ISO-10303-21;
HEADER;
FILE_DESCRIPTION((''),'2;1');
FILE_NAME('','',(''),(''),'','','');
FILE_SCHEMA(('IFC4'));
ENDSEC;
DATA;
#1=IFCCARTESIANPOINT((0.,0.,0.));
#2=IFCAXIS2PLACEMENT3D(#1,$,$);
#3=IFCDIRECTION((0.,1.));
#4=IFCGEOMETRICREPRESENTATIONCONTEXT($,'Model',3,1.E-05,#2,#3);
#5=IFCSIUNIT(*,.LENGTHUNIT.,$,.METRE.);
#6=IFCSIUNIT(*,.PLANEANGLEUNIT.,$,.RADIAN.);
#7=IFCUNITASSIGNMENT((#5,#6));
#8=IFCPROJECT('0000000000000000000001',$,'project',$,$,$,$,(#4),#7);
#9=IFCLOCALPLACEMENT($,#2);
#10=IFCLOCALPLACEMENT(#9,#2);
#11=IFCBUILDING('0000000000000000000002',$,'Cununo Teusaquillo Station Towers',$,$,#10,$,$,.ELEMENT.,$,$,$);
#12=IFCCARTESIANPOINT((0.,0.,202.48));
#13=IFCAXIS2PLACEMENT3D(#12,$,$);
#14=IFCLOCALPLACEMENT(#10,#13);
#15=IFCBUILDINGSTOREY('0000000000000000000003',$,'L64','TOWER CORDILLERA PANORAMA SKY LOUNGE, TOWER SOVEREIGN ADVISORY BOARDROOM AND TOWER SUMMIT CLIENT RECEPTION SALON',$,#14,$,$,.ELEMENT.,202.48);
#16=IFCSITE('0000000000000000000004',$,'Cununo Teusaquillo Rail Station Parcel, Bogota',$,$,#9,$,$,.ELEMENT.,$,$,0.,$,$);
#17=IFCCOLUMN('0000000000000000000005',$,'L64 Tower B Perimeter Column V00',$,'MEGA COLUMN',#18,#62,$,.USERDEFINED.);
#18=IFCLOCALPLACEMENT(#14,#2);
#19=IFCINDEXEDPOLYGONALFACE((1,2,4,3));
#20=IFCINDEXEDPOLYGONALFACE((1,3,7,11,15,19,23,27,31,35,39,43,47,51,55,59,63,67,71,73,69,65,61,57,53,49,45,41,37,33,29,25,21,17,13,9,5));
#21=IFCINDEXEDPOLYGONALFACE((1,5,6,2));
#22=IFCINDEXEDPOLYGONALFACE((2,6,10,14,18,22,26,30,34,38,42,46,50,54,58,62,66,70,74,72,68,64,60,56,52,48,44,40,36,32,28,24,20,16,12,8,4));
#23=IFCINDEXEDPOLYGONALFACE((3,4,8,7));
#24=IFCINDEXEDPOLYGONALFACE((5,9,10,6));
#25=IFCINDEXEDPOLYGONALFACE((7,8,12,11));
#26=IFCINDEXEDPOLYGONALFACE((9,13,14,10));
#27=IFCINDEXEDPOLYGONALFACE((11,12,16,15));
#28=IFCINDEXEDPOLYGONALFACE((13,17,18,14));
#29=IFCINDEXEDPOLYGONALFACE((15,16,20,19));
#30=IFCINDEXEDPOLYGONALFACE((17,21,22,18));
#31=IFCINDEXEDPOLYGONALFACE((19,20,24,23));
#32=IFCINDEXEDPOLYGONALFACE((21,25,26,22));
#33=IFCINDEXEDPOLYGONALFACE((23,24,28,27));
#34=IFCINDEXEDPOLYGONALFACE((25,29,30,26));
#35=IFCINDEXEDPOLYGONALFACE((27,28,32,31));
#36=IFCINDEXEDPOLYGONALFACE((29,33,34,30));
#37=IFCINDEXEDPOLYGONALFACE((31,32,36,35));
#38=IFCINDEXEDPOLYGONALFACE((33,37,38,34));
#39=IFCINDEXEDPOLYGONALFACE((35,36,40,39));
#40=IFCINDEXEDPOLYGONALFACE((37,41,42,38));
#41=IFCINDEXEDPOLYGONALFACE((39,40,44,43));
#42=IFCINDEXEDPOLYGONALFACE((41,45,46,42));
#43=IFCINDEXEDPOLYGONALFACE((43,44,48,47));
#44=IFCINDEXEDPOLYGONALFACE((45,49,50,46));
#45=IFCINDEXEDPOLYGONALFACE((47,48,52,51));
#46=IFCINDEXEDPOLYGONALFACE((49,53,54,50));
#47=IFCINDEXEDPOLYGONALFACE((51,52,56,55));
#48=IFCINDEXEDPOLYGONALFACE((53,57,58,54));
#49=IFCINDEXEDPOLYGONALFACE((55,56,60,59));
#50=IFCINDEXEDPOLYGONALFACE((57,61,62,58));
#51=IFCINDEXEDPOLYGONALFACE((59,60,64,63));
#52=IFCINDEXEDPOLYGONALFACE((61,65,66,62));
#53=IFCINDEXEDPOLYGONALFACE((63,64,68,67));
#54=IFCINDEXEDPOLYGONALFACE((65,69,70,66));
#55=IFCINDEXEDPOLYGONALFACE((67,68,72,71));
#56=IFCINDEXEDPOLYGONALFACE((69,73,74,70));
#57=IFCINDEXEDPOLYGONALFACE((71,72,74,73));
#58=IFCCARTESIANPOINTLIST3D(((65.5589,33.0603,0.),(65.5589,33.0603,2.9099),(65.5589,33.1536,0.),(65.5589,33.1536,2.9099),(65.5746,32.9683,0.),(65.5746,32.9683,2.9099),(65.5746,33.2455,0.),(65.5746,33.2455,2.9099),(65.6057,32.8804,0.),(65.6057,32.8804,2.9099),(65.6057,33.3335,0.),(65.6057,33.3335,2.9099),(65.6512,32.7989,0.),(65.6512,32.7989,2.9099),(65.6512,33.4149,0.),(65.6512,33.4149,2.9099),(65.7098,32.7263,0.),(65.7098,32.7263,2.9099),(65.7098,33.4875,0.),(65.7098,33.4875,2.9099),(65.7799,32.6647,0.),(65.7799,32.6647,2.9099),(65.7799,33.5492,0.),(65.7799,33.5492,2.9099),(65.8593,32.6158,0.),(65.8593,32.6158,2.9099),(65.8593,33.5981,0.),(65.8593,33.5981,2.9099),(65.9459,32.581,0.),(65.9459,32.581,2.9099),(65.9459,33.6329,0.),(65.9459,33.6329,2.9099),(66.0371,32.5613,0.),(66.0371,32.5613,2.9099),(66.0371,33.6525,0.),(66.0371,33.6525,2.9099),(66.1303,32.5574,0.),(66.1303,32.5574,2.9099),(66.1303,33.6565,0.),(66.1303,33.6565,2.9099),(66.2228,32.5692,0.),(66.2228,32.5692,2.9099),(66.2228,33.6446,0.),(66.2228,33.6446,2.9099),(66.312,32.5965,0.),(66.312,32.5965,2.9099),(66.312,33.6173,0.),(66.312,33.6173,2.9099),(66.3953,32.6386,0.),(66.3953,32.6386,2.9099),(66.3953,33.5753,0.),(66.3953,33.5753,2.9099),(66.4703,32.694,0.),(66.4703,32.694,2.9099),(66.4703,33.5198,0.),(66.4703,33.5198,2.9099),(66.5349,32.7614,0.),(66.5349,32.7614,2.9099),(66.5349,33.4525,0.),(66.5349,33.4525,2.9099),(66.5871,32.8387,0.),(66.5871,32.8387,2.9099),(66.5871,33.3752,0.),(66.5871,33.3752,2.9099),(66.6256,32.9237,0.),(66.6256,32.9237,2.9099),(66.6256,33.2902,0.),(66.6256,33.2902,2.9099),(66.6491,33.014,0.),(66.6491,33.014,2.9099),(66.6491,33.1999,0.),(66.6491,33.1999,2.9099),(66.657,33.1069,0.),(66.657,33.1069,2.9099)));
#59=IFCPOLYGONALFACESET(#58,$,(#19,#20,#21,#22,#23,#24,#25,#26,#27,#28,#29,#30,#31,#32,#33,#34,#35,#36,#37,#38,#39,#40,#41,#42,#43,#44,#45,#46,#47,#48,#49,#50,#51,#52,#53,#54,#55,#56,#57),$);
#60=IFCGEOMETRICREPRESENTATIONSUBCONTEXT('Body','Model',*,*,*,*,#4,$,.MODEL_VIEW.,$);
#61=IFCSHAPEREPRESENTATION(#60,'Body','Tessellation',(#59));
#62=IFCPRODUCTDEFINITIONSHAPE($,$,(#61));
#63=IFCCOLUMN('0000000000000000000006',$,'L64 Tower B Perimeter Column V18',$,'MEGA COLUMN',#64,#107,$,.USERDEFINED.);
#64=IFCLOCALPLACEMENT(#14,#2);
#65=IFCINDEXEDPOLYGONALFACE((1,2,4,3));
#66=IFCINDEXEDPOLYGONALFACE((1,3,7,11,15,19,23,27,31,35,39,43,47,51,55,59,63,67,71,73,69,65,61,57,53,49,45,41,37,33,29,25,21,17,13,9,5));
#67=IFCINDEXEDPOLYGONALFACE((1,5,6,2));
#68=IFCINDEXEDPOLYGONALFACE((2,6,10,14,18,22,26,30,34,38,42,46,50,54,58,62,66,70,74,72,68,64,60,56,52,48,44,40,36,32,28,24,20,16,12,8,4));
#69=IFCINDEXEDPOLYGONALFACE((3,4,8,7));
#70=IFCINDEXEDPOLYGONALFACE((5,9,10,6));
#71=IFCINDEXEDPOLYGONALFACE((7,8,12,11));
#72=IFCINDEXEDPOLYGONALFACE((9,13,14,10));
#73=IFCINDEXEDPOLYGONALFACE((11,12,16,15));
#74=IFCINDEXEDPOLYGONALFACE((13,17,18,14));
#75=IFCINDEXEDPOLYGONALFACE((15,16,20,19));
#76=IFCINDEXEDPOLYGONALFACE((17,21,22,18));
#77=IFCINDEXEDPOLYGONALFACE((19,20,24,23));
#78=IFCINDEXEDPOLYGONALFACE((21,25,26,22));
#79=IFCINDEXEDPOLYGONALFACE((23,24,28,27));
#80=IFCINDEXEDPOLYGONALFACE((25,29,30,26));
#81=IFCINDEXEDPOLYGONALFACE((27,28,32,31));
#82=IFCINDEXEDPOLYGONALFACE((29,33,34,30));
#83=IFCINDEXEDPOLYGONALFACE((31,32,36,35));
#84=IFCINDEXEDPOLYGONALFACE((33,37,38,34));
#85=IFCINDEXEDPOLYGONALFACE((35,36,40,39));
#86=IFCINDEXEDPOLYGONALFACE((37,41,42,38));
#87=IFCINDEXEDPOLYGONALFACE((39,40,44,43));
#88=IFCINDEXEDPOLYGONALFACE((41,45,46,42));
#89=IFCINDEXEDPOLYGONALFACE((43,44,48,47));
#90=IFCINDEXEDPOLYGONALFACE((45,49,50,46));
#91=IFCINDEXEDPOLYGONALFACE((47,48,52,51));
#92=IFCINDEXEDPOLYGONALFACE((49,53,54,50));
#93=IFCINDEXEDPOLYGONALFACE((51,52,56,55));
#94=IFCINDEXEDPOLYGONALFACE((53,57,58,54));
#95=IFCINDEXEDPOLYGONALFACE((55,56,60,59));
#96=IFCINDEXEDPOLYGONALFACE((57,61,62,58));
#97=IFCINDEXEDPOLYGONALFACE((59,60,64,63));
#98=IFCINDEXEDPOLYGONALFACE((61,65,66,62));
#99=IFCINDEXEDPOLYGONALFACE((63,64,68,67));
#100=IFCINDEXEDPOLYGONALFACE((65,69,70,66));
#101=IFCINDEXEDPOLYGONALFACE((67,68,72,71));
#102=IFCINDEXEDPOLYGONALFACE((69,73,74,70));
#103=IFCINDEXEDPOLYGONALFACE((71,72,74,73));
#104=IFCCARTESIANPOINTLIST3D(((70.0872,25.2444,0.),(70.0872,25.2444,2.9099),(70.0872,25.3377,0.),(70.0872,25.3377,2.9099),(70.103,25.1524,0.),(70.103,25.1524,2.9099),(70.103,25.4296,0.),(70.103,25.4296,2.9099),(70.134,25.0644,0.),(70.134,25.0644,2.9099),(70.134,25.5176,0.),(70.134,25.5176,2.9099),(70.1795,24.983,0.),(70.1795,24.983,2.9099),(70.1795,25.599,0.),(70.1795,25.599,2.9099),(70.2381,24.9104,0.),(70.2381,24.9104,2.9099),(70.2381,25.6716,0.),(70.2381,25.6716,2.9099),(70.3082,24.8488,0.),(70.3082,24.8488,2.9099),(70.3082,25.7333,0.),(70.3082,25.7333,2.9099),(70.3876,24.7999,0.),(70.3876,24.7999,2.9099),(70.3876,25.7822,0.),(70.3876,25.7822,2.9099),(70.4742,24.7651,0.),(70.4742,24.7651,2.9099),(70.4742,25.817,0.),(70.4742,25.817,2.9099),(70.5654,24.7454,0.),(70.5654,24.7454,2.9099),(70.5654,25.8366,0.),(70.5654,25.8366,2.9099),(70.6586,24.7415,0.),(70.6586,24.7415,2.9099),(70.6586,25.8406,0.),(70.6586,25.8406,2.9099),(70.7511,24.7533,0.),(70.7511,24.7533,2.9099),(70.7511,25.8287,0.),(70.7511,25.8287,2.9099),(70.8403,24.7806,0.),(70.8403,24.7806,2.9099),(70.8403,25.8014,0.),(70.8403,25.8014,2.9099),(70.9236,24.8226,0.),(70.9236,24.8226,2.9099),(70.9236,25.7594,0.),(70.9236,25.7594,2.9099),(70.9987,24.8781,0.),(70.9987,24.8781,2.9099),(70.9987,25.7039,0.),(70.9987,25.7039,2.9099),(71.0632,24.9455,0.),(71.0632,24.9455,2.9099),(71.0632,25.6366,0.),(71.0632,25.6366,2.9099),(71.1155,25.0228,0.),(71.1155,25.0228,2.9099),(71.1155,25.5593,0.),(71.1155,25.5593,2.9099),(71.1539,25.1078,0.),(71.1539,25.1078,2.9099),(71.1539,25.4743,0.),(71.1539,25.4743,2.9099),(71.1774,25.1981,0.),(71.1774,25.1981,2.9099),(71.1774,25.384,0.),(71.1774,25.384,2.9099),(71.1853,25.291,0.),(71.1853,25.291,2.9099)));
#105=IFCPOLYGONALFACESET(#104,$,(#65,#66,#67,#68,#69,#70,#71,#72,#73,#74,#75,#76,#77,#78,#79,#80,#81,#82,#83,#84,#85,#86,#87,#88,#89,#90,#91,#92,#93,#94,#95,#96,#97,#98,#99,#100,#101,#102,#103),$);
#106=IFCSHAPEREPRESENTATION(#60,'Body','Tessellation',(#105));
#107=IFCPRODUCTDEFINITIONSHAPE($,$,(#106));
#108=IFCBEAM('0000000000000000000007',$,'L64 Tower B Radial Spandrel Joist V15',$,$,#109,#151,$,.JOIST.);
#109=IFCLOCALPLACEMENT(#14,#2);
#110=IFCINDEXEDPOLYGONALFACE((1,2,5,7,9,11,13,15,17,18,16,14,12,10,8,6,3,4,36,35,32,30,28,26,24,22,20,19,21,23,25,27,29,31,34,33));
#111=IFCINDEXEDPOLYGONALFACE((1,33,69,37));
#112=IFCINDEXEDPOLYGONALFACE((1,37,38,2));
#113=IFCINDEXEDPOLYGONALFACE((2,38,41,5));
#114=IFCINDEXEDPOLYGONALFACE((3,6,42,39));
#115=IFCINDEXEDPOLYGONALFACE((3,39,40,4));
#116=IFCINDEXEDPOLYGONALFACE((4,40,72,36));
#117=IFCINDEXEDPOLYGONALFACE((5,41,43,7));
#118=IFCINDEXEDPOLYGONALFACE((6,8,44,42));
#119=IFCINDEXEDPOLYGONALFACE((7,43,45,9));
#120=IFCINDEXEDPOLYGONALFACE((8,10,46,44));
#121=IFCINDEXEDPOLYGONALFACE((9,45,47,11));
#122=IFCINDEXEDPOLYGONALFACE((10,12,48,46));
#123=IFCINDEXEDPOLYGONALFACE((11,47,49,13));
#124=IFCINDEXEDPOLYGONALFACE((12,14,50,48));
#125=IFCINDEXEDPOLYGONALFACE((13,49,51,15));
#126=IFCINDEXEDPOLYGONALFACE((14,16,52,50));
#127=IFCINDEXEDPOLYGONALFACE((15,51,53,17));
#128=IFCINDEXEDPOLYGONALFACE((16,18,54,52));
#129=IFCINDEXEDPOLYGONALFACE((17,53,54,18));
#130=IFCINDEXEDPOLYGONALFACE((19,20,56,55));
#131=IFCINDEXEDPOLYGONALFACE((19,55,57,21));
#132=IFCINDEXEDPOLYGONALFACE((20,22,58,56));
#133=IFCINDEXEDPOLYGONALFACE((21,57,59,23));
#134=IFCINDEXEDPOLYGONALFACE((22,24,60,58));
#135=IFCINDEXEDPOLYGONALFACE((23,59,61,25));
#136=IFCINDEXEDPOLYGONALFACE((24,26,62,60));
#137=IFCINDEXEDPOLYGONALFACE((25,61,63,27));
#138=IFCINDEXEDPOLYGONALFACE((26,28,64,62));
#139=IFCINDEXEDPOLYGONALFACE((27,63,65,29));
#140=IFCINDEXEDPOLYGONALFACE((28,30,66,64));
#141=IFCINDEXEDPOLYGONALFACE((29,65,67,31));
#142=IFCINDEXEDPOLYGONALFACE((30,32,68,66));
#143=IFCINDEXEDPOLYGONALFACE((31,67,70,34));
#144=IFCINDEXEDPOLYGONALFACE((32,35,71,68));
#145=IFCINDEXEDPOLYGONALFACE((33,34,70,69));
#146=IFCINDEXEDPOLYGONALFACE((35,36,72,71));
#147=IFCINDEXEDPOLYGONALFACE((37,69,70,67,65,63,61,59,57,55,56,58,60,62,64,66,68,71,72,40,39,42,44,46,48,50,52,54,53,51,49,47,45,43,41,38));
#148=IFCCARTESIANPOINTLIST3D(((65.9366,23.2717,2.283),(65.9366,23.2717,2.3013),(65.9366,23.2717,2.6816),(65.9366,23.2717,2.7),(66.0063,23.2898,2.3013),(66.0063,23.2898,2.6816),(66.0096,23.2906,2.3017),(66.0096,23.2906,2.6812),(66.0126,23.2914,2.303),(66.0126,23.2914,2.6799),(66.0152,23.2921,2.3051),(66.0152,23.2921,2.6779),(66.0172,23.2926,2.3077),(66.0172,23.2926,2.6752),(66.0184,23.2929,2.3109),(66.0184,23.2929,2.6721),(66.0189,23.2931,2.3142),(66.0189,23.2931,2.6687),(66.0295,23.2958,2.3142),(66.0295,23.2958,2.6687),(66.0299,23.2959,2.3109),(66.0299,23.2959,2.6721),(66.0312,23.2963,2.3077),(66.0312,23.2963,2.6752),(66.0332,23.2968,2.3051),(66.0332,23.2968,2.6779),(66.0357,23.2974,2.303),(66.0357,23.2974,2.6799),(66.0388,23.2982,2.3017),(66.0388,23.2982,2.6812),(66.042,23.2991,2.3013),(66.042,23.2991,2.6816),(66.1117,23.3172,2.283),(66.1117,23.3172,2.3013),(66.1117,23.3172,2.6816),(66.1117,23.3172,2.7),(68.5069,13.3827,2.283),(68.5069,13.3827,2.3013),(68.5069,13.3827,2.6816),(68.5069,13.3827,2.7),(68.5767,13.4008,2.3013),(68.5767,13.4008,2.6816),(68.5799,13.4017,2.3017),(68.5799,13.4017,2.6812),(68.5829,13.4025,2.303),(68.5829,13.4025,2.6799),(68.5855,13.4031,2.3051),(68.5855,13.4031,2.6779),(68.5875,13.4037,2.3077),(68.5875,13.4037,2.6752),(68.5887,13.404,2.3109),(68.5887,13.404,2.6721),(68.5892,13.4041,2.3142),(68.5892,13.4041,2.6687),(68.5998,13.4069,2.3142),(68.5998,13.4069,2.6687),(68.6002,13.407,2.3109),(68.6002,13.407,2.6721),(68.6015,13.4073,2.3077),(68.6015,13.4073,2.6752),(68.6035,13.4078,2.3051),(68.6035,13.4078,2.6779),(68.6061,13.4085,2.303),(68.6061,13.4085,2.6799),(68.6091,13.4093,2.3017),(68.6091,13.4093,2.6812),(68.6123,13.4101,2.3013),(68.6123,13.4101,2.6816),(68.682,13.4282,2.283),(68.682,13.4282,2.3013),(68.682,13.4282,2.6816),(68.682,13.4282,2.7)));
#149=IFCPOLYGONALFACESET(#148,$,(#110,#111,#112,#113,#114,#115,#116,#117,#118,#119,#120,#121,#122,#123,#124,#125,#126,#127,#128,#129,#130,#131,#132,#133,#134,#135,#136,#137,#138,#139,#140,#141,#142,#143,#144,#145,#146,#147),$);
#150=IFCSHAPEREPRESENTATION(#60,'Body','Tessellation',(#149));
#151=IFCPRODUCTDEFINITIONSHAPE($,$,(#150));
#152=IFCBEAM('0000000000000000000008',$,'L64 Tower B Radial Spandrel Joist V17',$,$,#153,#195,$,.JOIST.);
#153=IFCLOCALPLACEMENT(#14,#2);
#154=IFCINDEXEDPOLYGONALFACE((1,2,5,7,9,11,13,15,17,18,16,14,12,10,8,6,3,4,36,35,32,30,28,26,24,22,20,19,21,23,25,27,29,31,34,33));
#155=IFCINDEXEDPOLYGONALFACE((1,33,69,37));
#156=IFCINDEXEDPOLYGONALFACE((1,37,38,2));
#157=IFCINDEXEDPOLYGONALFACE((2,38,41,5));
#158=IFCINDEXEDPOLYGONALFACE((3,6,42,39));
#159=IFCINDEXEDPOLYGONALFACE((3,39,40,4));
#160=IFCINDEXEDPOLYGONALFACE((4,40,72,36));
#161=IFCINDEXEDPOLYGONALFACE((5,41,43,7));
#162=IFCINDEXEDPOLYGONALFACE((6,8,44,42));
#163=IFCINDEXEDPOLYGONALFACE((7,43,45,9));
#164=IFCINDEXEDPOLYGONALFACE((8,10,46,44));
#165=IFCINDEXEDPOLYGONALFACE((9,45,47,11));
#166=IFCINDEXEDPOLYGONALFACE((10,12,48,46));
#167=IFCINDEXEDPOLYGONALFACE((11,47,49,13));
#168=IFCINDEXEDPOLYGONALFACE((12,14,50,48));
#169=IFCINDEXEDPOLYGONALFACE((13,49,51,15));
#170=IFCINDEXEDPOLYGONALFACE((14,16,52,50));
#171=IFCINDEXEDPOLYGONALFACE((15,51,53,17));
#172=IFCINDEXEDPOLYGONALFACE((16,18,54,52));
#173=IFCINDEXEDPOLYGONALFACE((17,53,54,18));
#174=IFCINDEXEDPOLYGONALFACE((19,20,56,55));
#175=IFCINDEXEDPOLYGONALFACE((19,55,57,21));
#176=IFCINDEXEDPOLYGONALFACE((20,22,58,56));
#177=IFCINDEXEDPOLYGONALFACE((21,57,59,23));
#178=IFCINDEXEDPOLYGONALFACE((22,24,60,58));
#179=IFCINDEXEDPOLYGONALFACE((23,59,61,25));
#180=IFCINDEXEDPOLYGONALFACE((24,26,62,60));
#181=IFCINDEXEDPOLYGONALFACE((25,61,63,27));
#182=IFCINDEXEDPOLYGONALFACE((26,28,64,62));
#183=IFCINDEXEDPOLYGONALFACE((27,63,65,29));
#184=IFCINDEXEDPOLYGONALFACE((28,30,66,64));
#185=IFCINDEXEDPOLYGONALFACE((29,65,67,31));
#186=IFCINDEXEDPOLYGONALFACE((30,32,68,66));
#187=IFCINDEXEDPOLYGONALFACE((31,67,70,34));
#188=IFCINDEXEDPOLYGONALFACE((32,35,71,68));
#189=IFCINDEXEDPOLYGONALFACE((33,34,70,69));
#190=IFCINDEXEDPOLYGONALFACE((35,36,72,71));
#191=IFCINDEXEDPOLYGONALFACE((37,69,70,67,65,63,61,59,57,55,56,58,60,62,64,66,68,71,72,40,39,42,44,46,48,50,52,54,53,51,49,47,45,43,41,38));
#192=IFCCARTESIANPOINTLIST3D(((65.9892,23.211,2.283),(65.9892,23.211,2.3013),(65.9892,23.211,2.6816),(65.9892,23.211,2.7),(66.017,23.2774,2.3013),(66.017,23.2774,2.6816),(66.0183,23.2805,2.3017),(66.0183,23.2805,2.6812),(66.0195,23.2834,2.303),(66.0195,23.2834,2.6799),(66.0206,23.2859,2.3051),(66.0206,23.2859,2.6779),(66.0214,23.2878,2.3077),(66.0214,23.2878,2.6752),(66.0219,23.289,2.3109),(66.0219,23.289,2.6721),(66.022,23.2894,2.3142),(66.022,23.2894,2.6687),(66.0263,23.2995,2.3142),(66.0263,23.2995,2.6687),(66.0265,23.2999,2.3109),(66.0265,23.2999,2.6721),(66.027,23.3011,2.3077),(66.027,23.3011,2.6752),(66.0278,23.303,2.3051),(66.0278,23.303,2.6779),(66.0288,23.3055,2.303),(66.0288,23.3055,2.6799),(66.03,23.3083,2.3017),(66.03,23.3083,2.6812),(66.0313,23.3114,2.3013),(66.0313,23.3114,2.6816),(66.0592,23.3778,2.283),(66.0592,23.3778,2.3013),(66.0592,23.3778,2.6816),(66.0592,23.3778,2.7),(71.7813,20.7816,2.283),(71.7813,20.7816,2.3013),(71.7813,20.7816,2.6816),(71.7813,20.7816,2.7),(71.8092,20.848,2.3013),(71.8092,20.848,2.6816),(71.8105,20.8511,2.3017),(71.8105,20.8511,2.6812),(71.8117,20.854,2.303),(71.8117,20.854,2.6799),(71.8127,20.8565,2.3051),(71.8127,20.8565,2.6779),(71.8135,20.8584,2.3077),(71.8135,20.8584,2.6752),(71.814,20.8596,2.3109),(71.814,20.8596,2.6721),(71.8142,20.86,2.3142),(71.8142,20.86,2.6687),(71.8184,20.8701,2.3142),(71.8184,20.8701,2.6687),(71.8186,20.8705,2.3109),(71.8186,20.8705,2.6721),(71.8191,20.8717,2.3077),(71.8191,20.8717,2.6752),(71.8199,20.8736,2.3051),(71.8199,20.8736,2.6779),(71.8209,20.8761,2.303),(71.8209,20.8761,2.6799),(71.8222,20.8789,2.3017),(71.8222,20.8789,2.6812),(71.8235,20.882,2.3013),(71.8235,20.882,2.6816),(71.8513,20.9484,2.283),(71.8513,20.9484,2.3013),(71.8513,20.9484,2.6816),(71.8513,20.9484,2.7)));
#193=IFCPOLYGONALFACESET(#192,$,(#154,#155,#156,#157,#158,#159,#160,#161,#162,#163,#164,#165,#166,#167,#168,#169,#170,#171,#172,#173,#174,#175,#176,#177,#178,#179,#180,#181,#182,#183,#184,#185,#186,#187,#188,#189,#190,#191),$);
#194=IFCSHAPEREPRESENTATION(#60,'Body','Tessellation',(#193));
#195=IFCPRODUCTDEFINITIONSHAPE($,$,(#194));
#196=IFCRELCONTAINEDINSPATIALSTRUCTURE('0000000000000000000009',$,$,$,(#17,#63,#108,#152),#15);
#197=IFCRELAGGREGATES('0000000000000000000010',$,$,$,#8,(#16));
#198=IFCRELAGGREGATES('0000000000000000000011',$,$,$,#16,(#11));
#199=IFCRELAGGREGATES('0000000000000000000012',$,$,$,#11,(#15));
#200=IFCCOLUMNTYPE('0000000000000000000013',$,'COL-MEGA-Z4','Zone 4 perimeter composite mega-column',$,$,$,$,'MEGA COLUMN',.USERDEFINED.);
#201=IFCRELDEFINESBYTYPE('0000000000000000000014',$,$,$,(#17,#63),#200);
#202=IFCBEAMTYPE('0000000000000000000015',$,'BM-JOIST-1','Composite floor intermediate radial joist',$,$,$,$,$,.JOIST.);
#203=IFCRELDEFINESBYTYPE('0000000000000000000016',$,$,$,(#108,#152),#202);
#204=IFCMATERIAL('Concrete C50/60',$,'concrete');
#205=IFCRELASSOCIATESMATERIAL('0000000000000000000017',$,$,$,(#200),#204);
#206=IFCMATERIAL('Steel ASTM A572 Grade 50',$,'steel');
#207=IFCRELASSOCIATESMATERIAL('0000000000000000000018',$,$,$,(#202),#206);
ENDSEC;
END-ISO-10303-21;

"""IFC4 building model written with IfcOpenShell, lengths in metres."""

from ifc_helpers import new_model, si_unit, direction, frame, origin, origin_2d, place, context, subcontext, project, spatial, circle, i_section, extrude, material, material_profile, profile_set, type_object, element, save


model = new_model("IFC4")

# Units and contexts
model_context = context("Model", 3, precision=1e-05, world=origin(), true_north=direction((0.0, 1.0)))
body_context = subcontext(model_context, "Body", "Model", "MODEL_VIEW")
ifc_project = project(units=[si_unit("LENGTHUNIT", "METRE"), si_unit("PLANEANGLEUNIT", "RADIAN")], contexts=[model_context])

# Site, building, storey
site_placement = place(None, origin())
site = spatial("IfcSite", under=ifc_project, at=site_placement, Name="Cununo Teusaquillo Rail Station Parcel, Bogota", CompositionType="ELEMENT", RefElevation=0.0)
building_placement = place(site_placement, origin())
building = spatial("IfcBuilding", under=site, at=building_placement, Name="Cununo Teusaquillo Station Towers", CompositionType="ELEMENT")
storey_placement = place(building_placement, frame((0.0, 0.0, 202.48)))
storey = spatial("IfcBuildingStorey", under=building, at=storey_placement, Name="L64", Description="TOWER CORDILLERA PANORAMA SKY LOUNGE, TOWER SOVEREIGN ADVISORY BOARDROOM AND TOWER SUMMIT CLIENT RECEPTION SALON", CompositionType="ELEMENT", Elevation=202.48)

# Columns
ifc_material_1 = material(Name="Concrete C50/60", Category="concrete")
ifc_material_profile_1 = material_profile(ifc_material_1, circle(Radius=0.55, at=origin_2d()), Name="RC-CIRC-1100")
ifc_profile_set_1 = profile_set([ifc_material_profile_1], Name="Concrete C50/60")
column_type = type_object("IfcColumnType", Name="COL-MEGA-Z4", Description="Zone 4 perimeter composite mega-column", ElementType="MEGA COLUMN", PredefinedType="USERDEFINED", material=ifc_profile_set_1)
for number, where, z_axis, x_axis, name in (
    (1, (66.1069, 33.1069, 0.0), (0.0, 0.0, 1.0), (1.0, 0.0, 0.0), "L64 Tower B Perimeter Column V00"),
    (2, (70.6353, 25.291, 0.0), (0.0, 0.0, 1.0), (1.0, 0.0, 0.0), "L64 Tower B Perimeter Column V18"),
):
    element("IfcColumn", number, at=place(storey_placement, frame(where, z_axis=z_axis, x_axis=x_axis)), inside=storey, type_object=column_type, Name=name, ObjectType="MEGA COLUMN", PredefinedType="USERDEFINED", context=body_context, shape_type="SweptSolid", body=[
        extrude(circle(Radius=0.55, at=origin_2d()), origin(), (0.0, 0.0, 1.0), 2.9099),
    ])

# Beams
ifc_material_2 = material(Name="Steel ASTM A572 Grade 50", Category="steel")
ifc_material_profile_2 = material_profile(ifc_material_2, i_section(OverallWidth=0.1809, OverallDepth=0.417, WebThickness=0.011, FlangeThickness=0.0183, FilletRadius=0.0129, at=origin_2d()), Name="W16X57")
ifc_profile_set_2 = profile_set([ifc_material_profile_2], Name="Steel ASTM A572 Grade 50")
beam_type_1 = type_object("IfcBeamType", Name="BM-JOIST-1", Description="Composite floor intermediate radial joist", PredefinedType="JOIST", material=ifc_profile_set_2)
beam_1_placement = place(storey_placement, frame((66.0242, 23.2944, 2.4915), z_axis=(0.25156, -0.967842, 0.0), x_axis=(0.967842, 0.25156, 0.0)))
element("IfcBeam", 3, at=beam_1_placement, inside=storey, type_object=beam_type_1, Name="L64 Tower B Radial Spandrel Joist V15", PredefinedType="JOIST", context=body_context, shape_type="SweptSolid", body=[
    extrude(i_section(OverallWidth=0.1809, OverallDepth=0.417, WebThickness=0.011, FlangeThickness=0.0183, FilletRadius=0.0129, at=origin_2d()), origin(), (0.0, 0.0, 1.0), 10.2175),
])
beam_2_placement = place(storey_placement, frame((66.0242, 23.2944, 2.4915), z_axis=(0.922169, -0.386786, 0.0), x_axis=(0.386786, 0.922169, 0.0)))
element("IfcBeam", 4, at=beam_2_placement, inside=storey, type_object=beam_type_1, Name="L64 Tower B Radial Spandrel Joist V17", PredefinedType="JOIST", context=body_context, shape_type="SweptSolid", body=[
    extrude(i_section(OverallWidth=0.1809, OverallDepth=0.417, WebThickness=0.011, FlangeThickness=0.0183, FilletRadius=0.0129, at=origin_2d()), origin(), (0.0, 0.0, 1.0), 6.281),
])

save(model, "model.ifc")
